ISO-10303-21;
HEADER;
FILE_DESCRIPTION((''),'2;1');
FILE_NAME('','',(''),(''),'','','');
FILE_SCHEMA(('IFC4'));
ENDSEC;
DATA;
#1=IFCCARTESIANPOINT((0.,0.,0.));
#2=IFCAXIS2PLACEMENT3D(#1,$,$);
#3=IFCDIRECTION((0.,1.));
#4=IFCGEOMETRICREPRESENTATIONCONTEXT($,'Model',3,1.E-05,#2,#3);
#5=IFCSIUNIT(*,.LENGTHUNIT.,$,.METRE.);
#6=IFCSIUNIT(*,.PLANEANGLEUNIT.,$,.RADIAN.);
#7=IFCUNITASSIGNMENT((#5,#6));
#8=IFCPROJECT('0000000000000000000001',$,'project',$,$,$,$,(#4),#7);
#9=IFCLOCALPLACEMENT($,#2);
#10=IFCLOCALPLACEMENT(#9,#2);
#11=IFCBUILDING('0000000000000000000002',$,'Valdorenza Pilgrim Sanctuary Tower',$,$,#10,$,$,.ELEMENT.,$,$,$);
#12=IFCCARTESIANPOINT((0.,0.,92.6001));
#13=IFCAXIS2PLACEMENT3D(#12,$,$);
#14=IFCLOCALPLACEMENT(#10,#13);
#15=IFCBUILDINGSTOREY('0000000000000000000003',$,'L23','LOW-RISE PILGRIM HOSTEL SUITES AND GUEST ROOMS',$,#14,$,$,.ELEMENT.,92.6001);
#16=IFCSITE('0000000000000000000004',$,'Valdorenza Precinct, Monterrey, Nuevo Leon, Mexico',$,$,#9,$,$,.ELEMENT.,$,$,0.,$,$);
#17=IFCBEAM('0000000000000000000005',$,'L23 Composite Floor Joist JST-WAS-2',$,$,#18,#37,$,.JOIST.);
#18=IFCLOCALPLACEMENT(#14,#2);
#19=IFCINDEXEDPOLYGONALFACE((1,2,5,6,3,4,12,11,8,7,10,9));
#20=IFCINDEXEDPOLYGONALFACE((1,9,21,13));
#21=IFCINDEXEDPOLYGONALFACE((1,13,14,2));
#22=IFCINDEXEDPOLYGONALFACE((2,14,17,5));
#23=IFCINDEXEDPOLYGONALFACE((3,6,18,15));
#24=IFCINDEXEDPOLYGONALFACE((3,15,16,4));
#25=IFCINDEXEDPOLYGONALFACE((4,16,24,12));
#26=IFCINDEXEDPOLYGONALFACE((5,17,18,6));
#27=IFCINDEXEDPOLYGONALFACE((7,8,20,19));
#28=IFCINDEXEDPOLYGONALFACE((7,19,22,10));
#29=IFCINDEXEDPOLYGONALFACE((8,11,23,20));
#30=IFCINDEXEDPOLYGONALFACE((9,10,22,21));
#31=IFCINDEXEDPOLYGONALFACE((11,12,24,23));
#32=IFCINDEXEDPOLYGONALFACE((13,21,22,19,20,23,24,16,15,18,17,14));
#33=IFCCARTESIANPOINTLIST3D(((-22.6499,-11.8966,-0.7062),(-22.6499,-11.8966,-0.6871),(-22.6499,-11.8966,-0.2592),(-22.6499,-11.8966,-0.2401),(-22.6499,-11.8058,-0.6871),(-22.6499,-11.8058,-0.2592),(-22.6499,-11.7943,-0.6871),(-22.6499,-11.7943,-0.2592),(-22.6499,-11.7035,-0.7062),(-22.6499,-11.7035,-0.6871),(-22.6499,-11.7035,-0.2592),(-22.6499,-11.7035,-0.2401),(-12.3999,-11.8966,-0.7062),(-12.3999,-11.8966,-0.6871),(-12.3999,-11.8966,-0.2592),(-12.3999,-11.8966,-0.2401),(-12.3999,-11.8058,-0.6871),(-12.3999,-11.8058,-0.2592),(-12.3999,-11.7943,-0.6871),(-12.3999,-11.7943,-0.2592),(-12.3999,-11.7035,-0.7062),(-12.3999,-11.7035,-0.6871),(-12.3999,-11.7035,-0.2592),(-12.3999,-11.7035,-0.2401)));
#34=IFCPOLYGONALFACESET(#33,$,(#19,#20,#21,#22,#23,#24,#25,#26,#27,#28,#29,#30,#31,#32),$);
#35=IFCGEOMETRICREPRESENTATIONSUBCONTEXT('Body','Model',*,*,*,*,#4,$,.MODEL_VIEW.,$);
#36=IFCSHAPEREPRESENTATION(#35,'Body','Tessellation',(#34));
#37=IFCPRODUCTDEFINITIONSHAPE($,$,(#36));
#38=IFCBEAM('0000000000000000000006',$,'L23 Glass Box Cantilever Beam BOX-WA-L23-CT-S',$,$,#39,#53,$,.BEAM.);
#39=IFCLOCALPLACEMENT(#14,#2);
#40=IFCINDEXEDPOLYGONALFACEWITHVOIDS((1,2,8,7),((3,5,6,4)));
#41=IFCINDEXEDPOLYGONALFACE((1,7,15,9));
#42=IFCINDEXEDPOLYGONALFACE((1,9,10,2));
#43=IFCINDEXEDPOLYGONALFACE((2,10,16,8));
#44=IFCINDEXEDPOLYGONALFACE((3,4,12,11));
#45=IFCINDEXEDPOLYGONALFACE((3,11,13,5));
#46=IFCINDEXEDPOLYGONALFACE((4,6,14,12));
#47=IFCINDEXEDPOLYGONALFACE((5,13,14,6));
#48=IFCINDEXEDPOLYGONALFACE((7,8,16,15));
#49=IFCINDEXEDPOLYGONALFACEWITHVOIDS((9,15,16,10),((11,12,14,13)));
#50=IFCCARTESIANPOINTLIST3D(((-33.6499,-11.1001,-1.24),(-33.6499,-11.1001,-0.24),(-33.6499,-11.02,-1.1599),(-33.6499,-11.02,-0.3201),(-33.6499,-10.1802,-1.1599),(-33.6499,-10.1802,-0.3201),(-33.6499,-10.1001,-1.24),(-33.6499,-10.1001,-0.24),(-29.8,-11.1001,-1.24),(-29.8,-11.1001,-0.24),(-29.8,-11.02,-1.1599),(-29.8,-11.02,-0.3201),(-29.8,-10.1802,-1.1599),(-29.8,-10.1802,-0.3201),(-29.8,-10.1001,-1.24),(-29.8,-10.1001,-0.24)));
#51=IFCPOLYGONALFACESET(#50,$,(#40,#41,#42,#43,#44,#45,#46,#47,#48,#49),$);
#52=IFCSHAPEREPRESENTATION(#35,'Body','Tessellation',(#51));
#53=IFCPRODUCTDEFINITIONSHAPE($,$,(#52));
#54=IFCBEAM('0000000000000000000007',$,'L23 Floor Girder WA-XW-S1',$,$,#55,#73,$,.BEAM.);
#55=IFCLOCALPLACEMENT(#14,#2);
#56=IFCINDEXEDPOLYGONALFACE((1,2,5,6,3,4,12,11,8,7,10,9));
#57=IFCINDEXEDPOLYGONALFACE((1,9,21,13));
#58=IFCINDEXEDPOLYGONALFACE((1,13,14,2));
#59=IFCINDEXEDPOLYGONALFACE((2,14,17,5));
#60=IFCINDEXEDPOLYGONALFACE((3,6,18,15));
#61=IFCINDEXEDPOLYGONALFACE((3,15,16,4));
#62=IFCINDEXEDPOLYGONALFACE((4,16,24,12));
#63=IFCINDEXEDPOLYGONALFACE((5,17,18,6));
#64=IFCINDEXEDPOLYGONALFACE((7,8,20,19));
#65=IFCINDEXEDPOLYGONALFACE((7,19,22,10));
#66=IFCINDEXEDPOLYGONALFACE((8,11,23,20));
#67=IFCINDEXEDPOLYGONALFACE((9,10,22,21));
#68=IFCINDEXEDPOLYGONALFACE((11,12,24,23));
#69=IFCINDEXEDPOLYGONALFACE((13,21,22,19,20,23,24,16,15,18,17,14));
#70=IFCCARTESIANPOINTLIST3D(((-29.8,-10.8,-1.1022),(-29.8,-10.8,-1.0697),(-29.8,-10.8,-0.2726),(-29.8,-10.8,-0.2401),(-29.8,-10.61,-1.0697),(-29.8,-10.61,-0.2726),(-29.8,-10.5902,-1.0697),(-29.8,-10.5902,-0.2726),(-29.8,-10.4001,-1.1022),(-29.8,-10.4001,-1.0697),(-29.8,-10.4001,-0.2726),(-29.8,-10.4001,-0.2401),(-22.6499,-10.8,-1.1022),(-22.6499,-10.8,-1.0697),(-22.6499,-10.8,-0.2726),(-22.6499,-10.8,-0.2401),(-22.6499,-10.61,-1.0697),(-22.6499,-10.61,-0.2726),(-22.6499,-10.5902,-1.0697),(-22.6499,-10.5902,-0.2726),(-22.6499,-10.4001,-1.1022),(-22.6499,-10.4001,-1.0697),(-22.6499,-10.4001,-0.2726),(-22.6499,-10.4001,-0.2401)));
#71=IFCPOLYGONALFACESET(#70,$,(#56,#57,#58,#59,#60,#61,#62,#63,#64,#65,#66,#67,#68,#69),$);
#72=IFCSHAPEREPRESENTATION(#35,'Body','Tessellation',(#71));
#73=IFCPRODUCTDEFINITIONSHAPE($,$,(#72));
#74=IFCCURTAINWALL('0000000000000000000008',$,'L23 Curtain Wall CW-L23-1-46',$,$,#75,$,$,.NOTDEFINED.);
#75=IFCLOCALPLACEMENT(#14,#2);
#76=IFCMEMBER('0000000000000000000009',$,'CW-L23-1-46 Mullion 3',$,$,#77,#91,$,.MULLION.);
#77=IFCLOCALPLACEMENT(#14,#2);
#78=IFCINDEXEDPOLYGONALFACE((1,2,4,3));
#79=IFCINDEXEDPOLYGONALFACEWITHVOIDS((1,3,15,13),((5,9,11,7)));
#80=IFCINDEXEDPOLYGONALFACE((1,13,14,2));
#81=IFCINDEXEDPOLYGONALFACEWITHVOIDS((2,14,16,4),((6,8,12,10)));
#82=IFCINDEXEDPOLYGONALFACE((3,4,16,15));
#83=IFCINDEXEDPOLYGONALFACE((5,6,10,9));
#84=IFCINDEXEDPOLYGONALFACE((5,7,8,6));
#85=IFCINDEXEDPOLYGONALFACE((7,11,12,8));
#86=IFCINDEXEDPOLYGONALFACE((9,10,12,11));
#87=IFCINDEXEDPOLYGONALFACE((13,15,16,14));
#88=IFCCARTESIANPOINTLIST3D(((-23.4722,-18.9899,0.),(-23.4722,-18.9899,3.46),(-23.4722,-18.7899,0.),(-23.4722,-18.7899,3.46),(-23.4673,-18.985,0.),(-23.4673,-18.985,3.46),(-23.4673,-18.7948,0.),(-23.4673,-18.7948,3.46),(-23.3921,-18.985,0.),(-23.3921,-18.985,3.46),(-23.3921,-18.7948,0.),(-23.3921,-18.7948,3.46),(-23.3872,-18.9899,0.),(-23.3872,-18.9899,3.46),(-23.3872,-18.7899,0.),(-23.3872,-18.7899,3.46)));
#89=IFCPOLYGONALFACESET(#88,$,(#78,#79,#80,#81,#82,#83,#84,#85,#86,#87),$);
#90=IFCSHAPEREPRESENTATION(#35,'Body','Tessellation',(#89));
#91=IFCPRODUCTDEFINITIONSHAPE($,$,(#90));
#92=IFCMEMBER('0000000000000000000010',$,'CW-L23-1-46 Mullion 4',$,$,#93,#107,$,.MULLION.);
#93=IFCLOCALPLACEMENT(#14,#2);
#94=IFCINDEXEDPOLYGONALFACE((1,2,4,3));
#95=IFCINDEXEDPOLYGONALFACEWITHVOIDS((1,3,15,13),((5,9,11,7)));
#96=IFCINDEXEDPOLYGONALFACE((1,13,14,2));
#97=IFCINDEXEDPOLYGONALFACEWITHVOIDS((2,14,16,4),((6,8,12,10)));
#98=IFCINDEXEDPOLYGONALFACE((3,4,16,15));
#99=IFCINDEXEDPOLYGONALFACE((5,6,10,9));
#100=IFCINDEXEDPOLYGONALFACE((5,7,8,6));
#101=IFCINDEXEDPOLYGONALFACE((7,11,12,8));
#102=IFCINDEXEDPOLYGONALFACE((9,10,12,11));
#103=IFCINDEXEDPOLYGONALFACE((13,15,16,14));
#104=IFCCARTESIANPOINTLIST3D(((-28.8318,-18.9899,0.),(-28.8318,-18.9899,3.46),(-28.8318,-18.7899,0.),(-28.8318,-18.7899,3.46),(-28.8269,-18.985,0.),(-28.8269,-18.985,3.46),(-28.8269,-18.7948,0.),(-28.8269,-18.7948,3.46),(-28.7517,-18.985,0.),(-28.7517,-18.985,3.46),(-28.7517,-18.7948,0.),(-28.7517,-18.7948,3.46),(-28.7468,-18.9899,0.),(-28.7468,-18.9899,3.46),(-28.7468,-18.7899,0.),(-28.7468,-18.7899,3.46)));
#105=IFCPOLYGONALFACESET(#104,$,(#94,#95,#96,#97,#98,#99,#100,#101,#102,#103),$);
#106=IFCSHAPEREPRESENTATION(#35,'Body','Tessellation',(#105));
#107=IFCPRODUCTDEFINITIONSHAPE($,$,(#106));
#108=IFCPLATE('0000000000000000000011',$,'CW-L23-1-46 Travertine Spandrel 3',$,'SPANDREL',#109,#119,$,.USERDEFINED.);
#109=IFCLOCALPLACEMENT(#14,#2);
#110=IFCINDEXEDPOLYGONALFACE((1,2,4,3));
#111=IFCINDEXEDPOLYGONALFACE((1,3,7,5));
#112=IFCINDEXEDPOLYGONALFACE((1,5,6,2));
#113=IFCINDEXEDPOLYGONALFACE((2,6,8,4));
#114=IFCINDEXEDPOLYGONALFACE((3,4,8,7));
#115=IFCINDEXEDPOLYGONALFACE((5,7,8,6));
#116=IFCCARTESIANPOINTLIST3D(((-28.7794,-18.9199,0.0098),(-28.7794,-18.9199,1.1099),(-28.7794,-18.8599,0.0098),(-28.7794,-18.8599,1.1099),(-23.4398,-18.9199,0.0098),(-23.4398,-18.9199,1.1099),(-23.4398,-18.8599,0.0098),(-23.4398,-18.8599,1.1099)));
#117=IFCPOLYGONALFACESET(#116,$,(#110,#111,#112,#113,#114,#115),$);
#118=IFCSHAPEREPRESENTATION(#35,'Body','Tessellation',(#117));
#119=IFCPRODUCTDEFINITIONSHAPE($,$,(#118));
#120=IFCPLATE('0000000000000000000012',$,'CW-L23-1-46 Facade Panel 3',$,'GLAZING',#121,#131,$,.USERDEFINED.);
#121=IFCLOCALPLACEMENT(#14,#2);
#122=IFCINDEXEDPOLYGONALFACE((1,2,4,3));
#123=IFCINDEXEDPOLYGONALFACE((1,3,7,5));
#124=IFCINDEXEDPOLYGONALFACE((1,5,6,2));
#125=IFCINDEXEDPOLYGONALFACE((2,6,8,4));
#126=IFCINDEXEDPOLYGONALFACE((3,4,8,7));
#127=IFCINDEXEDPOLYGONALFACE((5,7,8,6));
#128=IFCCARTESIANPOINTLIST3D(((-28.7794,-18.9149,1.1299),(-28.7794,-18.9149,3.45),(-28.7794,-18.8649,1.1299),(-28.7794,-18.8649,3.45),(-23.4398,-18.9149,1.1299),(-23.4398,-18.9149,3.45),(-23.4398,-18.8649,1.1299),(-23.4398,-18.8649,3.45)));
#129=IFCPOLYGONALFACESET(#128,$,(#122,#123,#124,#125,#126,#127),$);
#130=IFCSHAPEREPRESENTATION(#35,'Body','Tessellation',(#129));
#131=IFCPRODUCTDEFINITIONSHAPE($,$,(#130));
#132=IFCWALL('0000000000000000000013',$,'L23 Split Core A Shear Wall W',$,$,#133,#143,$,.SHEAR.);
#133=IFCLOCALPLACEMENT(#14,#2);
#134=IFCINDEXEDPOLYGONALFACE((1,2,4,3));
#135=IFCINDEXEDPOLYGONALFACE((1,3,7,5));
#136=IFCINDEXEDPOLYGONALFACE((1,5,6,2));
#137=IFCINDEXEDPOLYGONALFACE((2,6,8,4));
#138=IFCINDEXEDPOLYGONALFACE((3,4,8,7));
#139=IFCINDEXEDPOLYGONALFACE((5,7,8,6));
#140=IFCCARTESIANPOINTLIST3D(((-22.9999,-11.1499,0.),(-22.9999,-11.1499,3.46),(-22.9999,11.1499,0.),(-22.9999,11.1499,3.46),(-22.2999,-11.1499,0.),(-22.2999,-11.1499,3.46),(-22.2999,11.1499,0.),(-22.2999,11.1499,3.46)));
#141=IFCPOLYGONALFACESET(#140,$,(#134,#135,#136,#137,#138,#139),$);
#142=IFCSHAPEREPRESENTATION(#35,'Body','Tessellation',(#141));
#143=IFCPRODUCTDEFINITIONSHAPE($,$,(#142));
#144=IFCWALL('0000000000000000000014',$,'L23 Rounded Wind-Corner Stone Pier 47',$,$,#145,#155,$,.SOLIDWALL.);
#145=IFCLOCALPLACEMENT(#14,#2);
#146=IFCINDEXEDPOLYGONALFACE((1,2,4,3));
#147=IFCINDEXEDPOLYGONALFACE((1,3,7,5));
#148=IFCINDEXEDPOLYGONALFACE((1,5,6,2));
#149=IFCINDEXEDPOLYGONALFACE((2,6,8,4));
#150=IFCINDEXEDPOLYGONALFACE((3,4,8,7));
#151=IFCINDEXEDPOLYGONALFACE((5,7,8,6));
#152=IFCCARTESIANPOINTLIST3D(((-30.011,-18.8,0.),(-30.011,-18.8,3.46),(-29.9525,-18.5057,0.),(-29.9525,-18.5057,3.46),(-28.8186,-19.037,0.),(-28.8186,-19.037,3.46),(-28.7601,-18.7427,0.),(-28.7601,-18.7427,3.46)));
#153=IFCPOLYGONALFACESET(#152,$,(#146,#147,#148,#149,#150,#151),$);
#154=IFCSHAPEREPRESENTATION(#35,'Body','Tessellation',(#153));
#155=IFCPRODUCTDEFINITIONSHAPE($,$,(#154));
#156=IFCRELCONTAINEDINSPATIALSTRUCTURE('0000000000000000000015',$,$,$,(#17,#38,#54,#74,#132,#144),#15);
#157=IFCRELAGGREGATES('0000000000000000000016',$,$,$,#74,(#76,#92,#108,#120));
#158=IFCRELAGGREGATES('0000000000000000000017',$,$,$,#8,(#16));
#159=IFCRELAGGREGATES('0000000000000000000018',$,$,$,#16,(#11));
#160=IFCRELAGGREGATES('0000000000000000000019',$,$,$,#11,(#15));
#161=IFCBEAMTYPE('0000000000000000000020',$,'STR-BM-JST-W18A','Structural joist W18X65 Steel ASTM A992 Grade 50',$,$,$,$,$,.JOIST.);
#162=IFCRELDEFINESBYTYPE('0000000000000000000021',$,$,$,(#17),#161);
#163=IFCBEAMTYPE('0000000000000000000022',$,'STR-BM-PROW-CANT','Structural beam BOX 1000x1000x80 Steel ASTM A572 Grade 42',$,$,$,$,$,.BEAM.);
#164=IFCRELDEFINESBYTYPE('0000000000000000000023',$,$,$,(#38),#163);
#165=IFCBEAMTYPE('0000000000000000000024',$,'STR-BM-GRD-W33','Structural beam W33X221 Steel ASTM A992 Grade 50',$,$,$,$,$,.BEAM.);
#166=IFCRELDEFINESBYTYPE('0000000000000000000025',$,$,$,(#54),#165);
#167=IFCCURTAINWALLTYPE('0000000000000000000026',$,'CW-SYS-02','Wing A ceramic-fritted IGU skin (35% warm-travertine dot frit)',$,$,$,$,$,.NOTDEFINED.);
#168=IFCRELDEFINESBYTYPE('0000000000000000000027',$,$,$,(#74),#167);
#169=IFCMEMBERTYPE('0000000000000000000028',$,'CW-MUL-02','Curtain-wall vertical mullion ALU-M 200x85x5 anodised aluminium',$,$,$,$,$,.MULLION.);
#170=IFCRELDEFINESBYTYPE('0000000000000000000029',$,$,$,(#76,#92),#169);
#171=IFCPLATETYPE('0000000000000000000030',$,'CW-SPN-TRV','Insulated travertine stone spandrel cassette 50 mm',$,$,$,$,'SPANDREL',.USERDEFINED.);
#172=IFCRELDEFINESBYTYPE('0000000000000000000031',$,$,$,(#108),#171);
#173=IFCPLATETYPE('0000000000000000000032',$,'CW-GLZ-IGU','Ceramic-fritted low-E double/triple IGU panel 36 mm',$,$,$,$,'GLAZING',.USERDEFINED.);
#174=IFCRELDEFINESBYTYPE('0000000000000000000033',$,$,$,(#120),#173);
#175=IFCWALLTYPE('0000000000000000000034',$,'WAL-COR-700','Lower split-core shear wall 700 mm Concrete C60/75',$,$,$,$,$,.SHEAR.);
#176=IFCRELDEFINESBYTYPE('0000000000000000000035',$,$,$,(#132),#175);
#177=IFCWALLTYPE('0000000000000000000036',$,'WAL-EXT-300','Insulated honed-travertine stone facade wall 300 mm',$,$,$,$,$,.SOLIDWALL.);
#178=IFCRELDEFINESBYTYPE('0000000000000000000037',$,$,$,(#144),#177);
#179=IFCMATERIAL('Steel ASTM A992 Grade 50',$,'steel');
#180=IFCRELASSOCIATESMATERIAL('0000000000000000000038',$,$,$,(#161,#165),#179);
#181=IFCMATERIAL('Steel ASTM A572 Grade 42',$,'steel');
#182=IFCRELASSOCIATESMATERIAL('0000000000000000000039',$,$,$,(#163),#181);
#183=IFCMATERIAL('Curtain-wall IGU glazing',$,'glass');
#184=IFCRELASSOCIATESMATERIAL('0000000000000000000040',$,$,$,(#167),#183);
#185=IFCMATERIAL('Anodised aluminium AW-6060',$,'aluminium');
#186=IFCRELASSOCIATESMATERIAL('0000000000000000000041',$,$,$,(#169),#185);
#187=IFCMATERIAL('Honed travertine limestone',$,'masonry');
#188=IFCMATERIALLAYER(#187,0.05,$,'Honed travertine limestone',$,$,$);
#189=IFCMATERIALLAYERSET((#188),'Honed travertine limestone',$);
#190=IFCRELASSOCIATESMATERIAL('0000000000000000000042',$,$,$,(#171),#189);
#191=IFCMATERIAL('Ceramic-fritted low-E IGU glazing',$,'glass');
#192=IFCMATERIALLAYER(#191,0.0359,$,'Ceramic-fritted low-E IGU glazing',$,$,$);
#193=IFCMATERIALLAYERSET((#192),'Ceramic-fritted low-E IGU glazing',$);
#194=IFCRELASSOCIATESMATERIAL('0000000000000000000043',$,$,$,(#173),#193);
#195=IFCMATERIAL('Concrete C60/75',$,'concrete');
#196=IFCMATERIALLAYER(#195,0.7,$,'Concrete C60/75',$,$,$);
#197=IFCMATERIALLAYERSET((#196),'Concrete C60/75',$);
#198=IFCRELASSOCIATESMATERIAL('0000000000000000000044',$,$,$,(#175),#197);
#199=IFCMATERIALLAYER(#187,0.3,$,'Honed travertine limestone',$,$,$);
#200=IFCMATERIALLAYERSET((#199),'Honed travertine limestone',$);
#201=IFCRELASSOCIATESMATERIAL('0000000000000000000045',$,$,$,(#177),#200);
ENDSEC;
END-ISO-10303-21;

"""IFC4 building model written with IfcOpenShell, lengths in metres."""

from ifc_helpers import new_model, si_unit, direction, frame, frame_2d, origin, origin_2d, place, context, subcontext, project, spatial, rectangle, hollow_rectangle, i_section, extrude, source, transform, mapped, material, layer, layer_set, material_profile, profile_set, type_object, element, aggregate, save


model = new_model("IFC4")

# Units and contexts
model_context = context("Model", 3, precision=1e-05, world=origin(), true_north=direction((0.0, 1.0)))
body_context = subcontext(model_context, "Body", "Model", "MODEL_VIEW")
ifc_project = project(units=[si_unit("LENGTHUNIT", "METRE"), si_unit("PLANEANGLEUNIT", "RADIAN")], contexts=[model_context])

# Site, building, storey
site_placement = place(None, origin())
site = spatial("IfcSite", under=ifc_project, at=site_placement, Name="Valdorenza Precinct, Monterrey, Nuevo Leon, Mexico", CompositionType="ELEMENT", RefElevation=0.0)
building_placement = place(site_placement, origin())
building = spatial("IfcBuilding", under=site, at=building_placement, Name="Valdorenza Pilgrim Sanctuary Tower", CompositionType="ELEMENT")
storey_placement = place(building_placement, frame((0.0, 0.0, 92.6001)))
storey = spatial("IfcBuildingStorey", under=building, at=storey_placement, Name="L23", Description="LOW-RISE PILGRIM HOSTEL SUITES AND GUEST ROOMS", CompositionType="ELEMENT", Elevation=92.6001)

# Shared definitions
ifc_material_1 = material(Name="Concrete C60/75", Category="concrete")
ifc_material_2 = material(Name="Steel ASTM A992 Grade 50", Category="steel")

# Beams
ifc_material_profile_1 = material_profile(ifc_material_2, i_section(OverallWidth=0.1931, OverallDepth=0.4661, WebThickness=0.0115, FlangeThickness=0.019, at=origin_2d()), Name="W18X65")
ifc_profile_set_1 = profile_set([ifc_material_profile_1], Name="Steel ASTM A992 Grade 50")
beam_type_1 = type_object("IfcBeamType", Name="STR-BM-JST-W18A", Description="Structural joist W18X65 Steel ASTM A992 Grade 50", PredefinedType="JOIST", material=ifc_profile_set_1)
shared_shape_1 = source(origin(), body_context, "Body", "SweptSolid", [
    extrude(i_section(OverallWidth=0.1931, OverallDepth=0.4661, WebThickness=0.0115, FlangeThickness=0.019, at=origin_2d()), origin(), (0.0, 0.0, 1.0), 10.25),
])
for number, where, z_axis, x_axis, name in (
    (1, (-22.6499, -11.8, -0.4731), (1.0, 0.0, 0.0), (0.0, 1.0, 0.0), "L23 Composite Floor Joist JST-WAS-2"),
):
    element("IfcBeam", number, at=place(storey_placement, frame(where, z_axis=z_axis, x_axis=x_axis)), inside=storey, type_object=beam_type_1, Name=name, PredefinedType="JOIST", context=body_context, shape_type="MappedRepresentation", body=[
        mapped(shared_shape_1, transform((0.0, 0.0, 0.0), x_axis=(1.0, 0.0, 0.0), y_axis=(0.0, 1.0, 0.0), z_axis=(0.0, 0.0, 1.0), scale=1.0)),
    ])
ifc_material_3 = material(Name="Steel ASTM A572 Grade 42", Category="steel")
ifc_material_profile_2 = material_profile(ifc_material_3, hollow_rectangle(XDim=1.0, YDim=1.0, WallThickness=0.0801, at=origin_2d()), Name="BOX 1000x1000x80")
ifc_profile_set_2 = profile_set([ifc_material_profile_2], Name="Steel ASTM A572 Grade 42")
beam_type_2 = type_object("IfcBeamType", Name="STR-BM-PROW-CANT", Description="Structural beam BOX 1000x1000x80 Steel ASTM A572 Grade 42", PredefinedType="BEAM", material=ifc_profile_set_2)
shared_shape_2 = source(origin(), body_context, "Body", "SweptSolid", [
    extrude(hollow_rectangle(XDim=1.0, YDim=1.0, WallThickness=0.0801, at=origin_2d()), origin(), (0.0, 0.0, 1.0), 3.8499),
])
beam_1_placement = place(storey_placement, frame((-29.8, -10.6001, -0.74), z_axis=(-1.0, 0.0, 0.0), x_axis=(0.0, -1.0, 0.0)))
element("IfcBeam", 2, at=beam_1_placement, inside=storey, type_object=beam_type_2, Name="L23 Glass Box Cantilever Beam BOX-WA-L23-CT-S", PredefinedType="BEAM", context=body_context, shape_type="MappedRepresentation", body=[
    mapped(shared_shape_2, transform((0.0, 0.0, 0.0), x_axis=(1.0, 0.0, 0.0), y_axis=(0.0, 1.0, 0.0), z_axis=(0.0, 0.0, 1.0), scale=1.0)),
])
ifc_material_profile_3 = material_profile(ifc_material_2, i_section(OverallWidth=0.3999, OverallDepth=0.8621, WebThickness=0.0198, FlangeThickness=0.0325, at=origin_2d()), Name="W33X221")
ifc_profile_set_3 = profile_set([ifc_material_profile_3], Name="Steel ASTM A992 Grade 50")
beam_type_3 = type_object("IfcBeamType", Name="STR-BM-GRD-W33", Description="Structural beam W33X221 Steel ASTM A992 Grade 50", PredefinedType="BEAM", material=ifc_profile_set_3)
shared_shape_3 = source(origin(), body_context, "Body", "SweptSolid", [
    extrude(i_section(OverallWidth=0.3999, OverallDepth=0.8621, WebThickness=0.0198, FlangeThickness=0.0325, at=origin_2d()), origin(), (0.0, 0.0, 1.0), 7.1501),
])
beam_2_placement = place(storey_placement, frame((-29.8, -10.6001, -0.6711), z_axis=(1.0, 0.0, 0.0), x_axis=(0.0, 1.0, 0.0)))
element("IfcBeam", 3, at=beam_2_placement, inside=storey, type_object=beam_type_3, Name="L23 Floor Girder WA-XW-S1", PredefinedType="BEAM", context=body_context, shape_type="MappedRepresentation", body=[
    mapped(shared_shape_3, transform((0.0, 0.0, 0.0), x_axis=(1.0, 0.0, 0.0), y_axis=(0.0, 1.0, 0.0), z_axis=(0.0, 0.0, 1.0), scale=1.0)),
])

# Curtain wall, members, plates
ifc_material_4 = material(Name="Curtain-wall IGU glazing", Category="glass")
curtain_wall_type = type_object("IfcCurtainWallType", Name="CW-SYS-02", Description="Wing A ceramic-fritted IGU skin (35% warm-travertine dot frit)", PredefinedType="NOTDEFINED", material=ifc_material_4)
curtain_wall_placement = place(storey_placement, origin())
curtain_wall = element("IfcCurtainWall", 4, at=curtain_wall_placement, inside=storey, type_object=curtain_wall_type, Name="L23 Curtain Wall CW-L23-1-46", PredefinedType="NOTDEFINED")
ifc_material_5 = material(Name="Anodised aluminium AW-6060", Category="aluminium")
ifc_material_profile_4 = material_profile(ifc_material_5, hollow_rectangle(XDim=0.085, YDim=0.2, WallThickness=0.0049, at=origin_2d()), Name="ALU-M 200x85x5")
ifc_profile_set_4 = profile_set([ifc_material_profile_4], Name="Anodised aluminium AW-6060")
member_type = type_object("IfcMemberType", Name="CW-MUL-02", Description="Curtain-wall vertical mullion ALU-M 200x85x5 anodised aluminium", PredefinedType="MULLION", material=ifc_profile_set_4)
shared_shape_4 = source(origin(), body_context, "Body", "SweptSolid", [
    extrude(hollow_rectangle(XDim=0.085, YDim=0.2, WallThickness=0.0049, at=origin_2d()), origin(), (0.0, 0.0, 1.0), 3.46),
])
member_1_placement = place(storey_placement, frame((-23.4297, -18.8899, 0.0), z_axis=(0.0, 0.0, 1.0), x_axis=(-1.0, 0.0, 0.0)))
member_1 = element("IfcMember", 5, at=member_1_placement, type_object=member_type, Name="CW-L23-1-46 Mullion 3", PredefinedType="MULLION", context=body_context, shape_type="MappedRepresentation", body=[
    mapped(shared_shape_4, transform((0.0, 0.0, 0.0), x_axis=(1.0, 0.0, 0.0), y_axis=(0.0, 1.0, 0.0), z_axis=(0.0, 0.0, 1.0), scale=1.0)),
])
member_2_placement = place(storey_placement, frame((-28.7893, -18.8899, 0.0), z_axis=(0.0, 0.0, 1.0), x_axis=(-1.0, 0.0, 0.0)))
member_2 = element("IfcMember", 6, at=member_2_placement, type_object=member_type, Name="CW-L23-1-46 Mullion 4", PredefinedType="MULLION", context=body_context, shape_type="MappedRepresentation", body=[
    mapped(shared_shape_4, transform((0.0, 0.0, 0.0), x_axis=(1.0, 0.0, 0.0), y_axis=(0.0, 1.0, 0.0), z_axis=(0.0, 0.0, 1.0), scale=1.0)),
])
ifc_material_6 = material(Name="Honed travertine limestone", Category="masonry")
ifc_layer_1 = layer(ifc_material_6, 0.05, Name="Honed travertine limestone")
ifc_layer_set_1 = layer_set([ifc_layer_1], Name="Honed travertine limestone")
plate_type_1 = type_object("IfcPlateType", Name="CW-SPN-TRV", Description="Insulated travertine stone spandrel cassette 50 mm", ElementType="SPANDREL", PredefinedType="USERDEFINED", material=ifc_layer_set_1)
shared_shape_5 = source(origin(), body_context, "Body", "SweptSolid", [
    extrude(rectangle(XDim=5.3396, YDim=0.0601, at=origin_2d()), origin(), (0.0, 0.0, 1.0), 1.1001),
])
plate_1_placement = place(storey_placement, frame((-26.1096, -18.8899, 0.0098), z_axis=(0.0, 0.0, 1.0), x_axis=(-1.0, 0.0, 0.0)))
plate_1 = element("IfcPlate", 7, at=plate_1_placement, type_object=plate_type_1, Name="CW-L23-1-46 Travertine Spandrel 3", ObjectType="SPANDREL", PredefinedType="USERDEFINED", context=body_context, shape_type="MappedRepresentation", body=[
    mapped(shared_shape_5, transform((0.0, 0.0, 0.0), x_axis=(1.0, 0.0, 0.0), y_axis=(0.0, 1.0, 0.0), z_axis=(0.0, 0.0, 1.0), scale=1.0)),
])
ifc_material_7 = material(Name="Ceramic-fritted low-E IGU glazing", Category="glass")
ifc_layer_2 = layer(ifc_material_7, 0.0359, Name="Ceramic-fritted low-E IGU glazing")
ifc_layer_set_2 = layer_set([ifc_layer_2], Name="Ceramic-fritted low-E IGU glazing")
plate_type_2 = type_object("IfcPlateType", Name="CW-GLZ-IGU", Description="Ceramic-fritted low-E double/triple IGU panel 36 mm", ElementType="GLAZING", PredefinedType="USERDEFINED", material=ifc_layer_set_2)
shared_shape_6 = source(origin(), body_context, "Body", "SweptSolid", [
    extrude(rectangle(XDim=5.3396, YDim=0.05, at=origin_2d()), origin(), (0.0, 0.0, 1.0), 2.3201),
])
plate_2_placement = place(storey_placement, frame((-26.1096, -18.8899, 1.1299), z_axis=(0.0, 0.0, 1.0), x_axis=(-1.0, 0.0, 0.0)))
plate_2 = element("IfcPlate", 8, at=plate_2_placement, type_object=plate_type_2, Name="CW-L23-1-46 Facade Panel 3", ObjectType="GLAZING", PredefinedType="USERDEFINED", context=body_context, shape_type="MappedRepresentation", body=[
    mapped(shared_shape_6, transform((0.0, 0.0, 0.0), x_axis=(1.0, 0.0, 0.0), y_axis=(0.0, 1.0, 0.0), z_axis=(0.0, 0.0, 1.0), scale=1.0)),
])
aggregate(curtain_wall, [member_1, member_2, plate_1, plate_2])

# Walls
ifc_layer_3 = layer(ifc_material_1, 0.7, Name="Concrete C60/75")
ifc_layer_set_3 = layer_set([ifc_layer_3], Name="Concrete C60/75")
wall_type_1 = type_object("IfcWallType", Name="WAL-COR-700", Description="Lower split-core shear wall 700 mm Concrete C60/75", PredefinedType="SHEAR", material=ifc_layer_set_3)
wall_1_placement = place(storey_placement, frame((-22.6499, -11.1499, 0.0), z_axis=(0.0, 0.0, 1.0), x_axis=(0.0, 1.0, 0.0)))
element("IfcWall", 9, at=wall_1_placement, inside=storey, type_object=wall_type_1, Name="L23 Split Core A Shear Wall W", PredefinedType="SHEAR", context=body_context, shape_type="SweptSolid", body=[
    extrude(rectangle(XDim=22.2998, YDim=0.7, at=frame_2d((11.1499, 0.0))), origin(), (0.0, 0.0, 1.0), 3.46),
])
ifc_layer_4 = layer(ifc_material_6, 0.3, Name="Honed travertine limestone")
ifc_layer_set_4 = layer_set([ifc_layer_4], Name="Honed travertine limestone")
wall_type_2 = type_object("IfcWallType", Name="WAL-EXT-300", Description="Insulated honed-travertine stone facade wall 300 mm", PredefinedType="SOLIDWALL", material=ifc_layer_set_4)
wall_2_placement = place(storey_placement, frame((-28.7893, -18.8899, 0.0), z_axis=(0.0, 0.0, 1.0), x_axis=(-0.980804, 0.194996, 0.0)))
element("IfcWall", 10, at=wall_2_placement, inside=storey, type_object=wall_type_2, Name="L23 Rounded Wind-Corner Stone Pier 47", PredefinedType="SOLIDWALL", context=body_context, shape_type="SweptSolid", body=[
    extrude(rectangle(XDim=1.2158, YDim=0.3, at=frame_2d((0.6079, 0.0))), origin(), (0.0, 0.0, 1.0), 3.46),
])

save(model, "model.ifc")
